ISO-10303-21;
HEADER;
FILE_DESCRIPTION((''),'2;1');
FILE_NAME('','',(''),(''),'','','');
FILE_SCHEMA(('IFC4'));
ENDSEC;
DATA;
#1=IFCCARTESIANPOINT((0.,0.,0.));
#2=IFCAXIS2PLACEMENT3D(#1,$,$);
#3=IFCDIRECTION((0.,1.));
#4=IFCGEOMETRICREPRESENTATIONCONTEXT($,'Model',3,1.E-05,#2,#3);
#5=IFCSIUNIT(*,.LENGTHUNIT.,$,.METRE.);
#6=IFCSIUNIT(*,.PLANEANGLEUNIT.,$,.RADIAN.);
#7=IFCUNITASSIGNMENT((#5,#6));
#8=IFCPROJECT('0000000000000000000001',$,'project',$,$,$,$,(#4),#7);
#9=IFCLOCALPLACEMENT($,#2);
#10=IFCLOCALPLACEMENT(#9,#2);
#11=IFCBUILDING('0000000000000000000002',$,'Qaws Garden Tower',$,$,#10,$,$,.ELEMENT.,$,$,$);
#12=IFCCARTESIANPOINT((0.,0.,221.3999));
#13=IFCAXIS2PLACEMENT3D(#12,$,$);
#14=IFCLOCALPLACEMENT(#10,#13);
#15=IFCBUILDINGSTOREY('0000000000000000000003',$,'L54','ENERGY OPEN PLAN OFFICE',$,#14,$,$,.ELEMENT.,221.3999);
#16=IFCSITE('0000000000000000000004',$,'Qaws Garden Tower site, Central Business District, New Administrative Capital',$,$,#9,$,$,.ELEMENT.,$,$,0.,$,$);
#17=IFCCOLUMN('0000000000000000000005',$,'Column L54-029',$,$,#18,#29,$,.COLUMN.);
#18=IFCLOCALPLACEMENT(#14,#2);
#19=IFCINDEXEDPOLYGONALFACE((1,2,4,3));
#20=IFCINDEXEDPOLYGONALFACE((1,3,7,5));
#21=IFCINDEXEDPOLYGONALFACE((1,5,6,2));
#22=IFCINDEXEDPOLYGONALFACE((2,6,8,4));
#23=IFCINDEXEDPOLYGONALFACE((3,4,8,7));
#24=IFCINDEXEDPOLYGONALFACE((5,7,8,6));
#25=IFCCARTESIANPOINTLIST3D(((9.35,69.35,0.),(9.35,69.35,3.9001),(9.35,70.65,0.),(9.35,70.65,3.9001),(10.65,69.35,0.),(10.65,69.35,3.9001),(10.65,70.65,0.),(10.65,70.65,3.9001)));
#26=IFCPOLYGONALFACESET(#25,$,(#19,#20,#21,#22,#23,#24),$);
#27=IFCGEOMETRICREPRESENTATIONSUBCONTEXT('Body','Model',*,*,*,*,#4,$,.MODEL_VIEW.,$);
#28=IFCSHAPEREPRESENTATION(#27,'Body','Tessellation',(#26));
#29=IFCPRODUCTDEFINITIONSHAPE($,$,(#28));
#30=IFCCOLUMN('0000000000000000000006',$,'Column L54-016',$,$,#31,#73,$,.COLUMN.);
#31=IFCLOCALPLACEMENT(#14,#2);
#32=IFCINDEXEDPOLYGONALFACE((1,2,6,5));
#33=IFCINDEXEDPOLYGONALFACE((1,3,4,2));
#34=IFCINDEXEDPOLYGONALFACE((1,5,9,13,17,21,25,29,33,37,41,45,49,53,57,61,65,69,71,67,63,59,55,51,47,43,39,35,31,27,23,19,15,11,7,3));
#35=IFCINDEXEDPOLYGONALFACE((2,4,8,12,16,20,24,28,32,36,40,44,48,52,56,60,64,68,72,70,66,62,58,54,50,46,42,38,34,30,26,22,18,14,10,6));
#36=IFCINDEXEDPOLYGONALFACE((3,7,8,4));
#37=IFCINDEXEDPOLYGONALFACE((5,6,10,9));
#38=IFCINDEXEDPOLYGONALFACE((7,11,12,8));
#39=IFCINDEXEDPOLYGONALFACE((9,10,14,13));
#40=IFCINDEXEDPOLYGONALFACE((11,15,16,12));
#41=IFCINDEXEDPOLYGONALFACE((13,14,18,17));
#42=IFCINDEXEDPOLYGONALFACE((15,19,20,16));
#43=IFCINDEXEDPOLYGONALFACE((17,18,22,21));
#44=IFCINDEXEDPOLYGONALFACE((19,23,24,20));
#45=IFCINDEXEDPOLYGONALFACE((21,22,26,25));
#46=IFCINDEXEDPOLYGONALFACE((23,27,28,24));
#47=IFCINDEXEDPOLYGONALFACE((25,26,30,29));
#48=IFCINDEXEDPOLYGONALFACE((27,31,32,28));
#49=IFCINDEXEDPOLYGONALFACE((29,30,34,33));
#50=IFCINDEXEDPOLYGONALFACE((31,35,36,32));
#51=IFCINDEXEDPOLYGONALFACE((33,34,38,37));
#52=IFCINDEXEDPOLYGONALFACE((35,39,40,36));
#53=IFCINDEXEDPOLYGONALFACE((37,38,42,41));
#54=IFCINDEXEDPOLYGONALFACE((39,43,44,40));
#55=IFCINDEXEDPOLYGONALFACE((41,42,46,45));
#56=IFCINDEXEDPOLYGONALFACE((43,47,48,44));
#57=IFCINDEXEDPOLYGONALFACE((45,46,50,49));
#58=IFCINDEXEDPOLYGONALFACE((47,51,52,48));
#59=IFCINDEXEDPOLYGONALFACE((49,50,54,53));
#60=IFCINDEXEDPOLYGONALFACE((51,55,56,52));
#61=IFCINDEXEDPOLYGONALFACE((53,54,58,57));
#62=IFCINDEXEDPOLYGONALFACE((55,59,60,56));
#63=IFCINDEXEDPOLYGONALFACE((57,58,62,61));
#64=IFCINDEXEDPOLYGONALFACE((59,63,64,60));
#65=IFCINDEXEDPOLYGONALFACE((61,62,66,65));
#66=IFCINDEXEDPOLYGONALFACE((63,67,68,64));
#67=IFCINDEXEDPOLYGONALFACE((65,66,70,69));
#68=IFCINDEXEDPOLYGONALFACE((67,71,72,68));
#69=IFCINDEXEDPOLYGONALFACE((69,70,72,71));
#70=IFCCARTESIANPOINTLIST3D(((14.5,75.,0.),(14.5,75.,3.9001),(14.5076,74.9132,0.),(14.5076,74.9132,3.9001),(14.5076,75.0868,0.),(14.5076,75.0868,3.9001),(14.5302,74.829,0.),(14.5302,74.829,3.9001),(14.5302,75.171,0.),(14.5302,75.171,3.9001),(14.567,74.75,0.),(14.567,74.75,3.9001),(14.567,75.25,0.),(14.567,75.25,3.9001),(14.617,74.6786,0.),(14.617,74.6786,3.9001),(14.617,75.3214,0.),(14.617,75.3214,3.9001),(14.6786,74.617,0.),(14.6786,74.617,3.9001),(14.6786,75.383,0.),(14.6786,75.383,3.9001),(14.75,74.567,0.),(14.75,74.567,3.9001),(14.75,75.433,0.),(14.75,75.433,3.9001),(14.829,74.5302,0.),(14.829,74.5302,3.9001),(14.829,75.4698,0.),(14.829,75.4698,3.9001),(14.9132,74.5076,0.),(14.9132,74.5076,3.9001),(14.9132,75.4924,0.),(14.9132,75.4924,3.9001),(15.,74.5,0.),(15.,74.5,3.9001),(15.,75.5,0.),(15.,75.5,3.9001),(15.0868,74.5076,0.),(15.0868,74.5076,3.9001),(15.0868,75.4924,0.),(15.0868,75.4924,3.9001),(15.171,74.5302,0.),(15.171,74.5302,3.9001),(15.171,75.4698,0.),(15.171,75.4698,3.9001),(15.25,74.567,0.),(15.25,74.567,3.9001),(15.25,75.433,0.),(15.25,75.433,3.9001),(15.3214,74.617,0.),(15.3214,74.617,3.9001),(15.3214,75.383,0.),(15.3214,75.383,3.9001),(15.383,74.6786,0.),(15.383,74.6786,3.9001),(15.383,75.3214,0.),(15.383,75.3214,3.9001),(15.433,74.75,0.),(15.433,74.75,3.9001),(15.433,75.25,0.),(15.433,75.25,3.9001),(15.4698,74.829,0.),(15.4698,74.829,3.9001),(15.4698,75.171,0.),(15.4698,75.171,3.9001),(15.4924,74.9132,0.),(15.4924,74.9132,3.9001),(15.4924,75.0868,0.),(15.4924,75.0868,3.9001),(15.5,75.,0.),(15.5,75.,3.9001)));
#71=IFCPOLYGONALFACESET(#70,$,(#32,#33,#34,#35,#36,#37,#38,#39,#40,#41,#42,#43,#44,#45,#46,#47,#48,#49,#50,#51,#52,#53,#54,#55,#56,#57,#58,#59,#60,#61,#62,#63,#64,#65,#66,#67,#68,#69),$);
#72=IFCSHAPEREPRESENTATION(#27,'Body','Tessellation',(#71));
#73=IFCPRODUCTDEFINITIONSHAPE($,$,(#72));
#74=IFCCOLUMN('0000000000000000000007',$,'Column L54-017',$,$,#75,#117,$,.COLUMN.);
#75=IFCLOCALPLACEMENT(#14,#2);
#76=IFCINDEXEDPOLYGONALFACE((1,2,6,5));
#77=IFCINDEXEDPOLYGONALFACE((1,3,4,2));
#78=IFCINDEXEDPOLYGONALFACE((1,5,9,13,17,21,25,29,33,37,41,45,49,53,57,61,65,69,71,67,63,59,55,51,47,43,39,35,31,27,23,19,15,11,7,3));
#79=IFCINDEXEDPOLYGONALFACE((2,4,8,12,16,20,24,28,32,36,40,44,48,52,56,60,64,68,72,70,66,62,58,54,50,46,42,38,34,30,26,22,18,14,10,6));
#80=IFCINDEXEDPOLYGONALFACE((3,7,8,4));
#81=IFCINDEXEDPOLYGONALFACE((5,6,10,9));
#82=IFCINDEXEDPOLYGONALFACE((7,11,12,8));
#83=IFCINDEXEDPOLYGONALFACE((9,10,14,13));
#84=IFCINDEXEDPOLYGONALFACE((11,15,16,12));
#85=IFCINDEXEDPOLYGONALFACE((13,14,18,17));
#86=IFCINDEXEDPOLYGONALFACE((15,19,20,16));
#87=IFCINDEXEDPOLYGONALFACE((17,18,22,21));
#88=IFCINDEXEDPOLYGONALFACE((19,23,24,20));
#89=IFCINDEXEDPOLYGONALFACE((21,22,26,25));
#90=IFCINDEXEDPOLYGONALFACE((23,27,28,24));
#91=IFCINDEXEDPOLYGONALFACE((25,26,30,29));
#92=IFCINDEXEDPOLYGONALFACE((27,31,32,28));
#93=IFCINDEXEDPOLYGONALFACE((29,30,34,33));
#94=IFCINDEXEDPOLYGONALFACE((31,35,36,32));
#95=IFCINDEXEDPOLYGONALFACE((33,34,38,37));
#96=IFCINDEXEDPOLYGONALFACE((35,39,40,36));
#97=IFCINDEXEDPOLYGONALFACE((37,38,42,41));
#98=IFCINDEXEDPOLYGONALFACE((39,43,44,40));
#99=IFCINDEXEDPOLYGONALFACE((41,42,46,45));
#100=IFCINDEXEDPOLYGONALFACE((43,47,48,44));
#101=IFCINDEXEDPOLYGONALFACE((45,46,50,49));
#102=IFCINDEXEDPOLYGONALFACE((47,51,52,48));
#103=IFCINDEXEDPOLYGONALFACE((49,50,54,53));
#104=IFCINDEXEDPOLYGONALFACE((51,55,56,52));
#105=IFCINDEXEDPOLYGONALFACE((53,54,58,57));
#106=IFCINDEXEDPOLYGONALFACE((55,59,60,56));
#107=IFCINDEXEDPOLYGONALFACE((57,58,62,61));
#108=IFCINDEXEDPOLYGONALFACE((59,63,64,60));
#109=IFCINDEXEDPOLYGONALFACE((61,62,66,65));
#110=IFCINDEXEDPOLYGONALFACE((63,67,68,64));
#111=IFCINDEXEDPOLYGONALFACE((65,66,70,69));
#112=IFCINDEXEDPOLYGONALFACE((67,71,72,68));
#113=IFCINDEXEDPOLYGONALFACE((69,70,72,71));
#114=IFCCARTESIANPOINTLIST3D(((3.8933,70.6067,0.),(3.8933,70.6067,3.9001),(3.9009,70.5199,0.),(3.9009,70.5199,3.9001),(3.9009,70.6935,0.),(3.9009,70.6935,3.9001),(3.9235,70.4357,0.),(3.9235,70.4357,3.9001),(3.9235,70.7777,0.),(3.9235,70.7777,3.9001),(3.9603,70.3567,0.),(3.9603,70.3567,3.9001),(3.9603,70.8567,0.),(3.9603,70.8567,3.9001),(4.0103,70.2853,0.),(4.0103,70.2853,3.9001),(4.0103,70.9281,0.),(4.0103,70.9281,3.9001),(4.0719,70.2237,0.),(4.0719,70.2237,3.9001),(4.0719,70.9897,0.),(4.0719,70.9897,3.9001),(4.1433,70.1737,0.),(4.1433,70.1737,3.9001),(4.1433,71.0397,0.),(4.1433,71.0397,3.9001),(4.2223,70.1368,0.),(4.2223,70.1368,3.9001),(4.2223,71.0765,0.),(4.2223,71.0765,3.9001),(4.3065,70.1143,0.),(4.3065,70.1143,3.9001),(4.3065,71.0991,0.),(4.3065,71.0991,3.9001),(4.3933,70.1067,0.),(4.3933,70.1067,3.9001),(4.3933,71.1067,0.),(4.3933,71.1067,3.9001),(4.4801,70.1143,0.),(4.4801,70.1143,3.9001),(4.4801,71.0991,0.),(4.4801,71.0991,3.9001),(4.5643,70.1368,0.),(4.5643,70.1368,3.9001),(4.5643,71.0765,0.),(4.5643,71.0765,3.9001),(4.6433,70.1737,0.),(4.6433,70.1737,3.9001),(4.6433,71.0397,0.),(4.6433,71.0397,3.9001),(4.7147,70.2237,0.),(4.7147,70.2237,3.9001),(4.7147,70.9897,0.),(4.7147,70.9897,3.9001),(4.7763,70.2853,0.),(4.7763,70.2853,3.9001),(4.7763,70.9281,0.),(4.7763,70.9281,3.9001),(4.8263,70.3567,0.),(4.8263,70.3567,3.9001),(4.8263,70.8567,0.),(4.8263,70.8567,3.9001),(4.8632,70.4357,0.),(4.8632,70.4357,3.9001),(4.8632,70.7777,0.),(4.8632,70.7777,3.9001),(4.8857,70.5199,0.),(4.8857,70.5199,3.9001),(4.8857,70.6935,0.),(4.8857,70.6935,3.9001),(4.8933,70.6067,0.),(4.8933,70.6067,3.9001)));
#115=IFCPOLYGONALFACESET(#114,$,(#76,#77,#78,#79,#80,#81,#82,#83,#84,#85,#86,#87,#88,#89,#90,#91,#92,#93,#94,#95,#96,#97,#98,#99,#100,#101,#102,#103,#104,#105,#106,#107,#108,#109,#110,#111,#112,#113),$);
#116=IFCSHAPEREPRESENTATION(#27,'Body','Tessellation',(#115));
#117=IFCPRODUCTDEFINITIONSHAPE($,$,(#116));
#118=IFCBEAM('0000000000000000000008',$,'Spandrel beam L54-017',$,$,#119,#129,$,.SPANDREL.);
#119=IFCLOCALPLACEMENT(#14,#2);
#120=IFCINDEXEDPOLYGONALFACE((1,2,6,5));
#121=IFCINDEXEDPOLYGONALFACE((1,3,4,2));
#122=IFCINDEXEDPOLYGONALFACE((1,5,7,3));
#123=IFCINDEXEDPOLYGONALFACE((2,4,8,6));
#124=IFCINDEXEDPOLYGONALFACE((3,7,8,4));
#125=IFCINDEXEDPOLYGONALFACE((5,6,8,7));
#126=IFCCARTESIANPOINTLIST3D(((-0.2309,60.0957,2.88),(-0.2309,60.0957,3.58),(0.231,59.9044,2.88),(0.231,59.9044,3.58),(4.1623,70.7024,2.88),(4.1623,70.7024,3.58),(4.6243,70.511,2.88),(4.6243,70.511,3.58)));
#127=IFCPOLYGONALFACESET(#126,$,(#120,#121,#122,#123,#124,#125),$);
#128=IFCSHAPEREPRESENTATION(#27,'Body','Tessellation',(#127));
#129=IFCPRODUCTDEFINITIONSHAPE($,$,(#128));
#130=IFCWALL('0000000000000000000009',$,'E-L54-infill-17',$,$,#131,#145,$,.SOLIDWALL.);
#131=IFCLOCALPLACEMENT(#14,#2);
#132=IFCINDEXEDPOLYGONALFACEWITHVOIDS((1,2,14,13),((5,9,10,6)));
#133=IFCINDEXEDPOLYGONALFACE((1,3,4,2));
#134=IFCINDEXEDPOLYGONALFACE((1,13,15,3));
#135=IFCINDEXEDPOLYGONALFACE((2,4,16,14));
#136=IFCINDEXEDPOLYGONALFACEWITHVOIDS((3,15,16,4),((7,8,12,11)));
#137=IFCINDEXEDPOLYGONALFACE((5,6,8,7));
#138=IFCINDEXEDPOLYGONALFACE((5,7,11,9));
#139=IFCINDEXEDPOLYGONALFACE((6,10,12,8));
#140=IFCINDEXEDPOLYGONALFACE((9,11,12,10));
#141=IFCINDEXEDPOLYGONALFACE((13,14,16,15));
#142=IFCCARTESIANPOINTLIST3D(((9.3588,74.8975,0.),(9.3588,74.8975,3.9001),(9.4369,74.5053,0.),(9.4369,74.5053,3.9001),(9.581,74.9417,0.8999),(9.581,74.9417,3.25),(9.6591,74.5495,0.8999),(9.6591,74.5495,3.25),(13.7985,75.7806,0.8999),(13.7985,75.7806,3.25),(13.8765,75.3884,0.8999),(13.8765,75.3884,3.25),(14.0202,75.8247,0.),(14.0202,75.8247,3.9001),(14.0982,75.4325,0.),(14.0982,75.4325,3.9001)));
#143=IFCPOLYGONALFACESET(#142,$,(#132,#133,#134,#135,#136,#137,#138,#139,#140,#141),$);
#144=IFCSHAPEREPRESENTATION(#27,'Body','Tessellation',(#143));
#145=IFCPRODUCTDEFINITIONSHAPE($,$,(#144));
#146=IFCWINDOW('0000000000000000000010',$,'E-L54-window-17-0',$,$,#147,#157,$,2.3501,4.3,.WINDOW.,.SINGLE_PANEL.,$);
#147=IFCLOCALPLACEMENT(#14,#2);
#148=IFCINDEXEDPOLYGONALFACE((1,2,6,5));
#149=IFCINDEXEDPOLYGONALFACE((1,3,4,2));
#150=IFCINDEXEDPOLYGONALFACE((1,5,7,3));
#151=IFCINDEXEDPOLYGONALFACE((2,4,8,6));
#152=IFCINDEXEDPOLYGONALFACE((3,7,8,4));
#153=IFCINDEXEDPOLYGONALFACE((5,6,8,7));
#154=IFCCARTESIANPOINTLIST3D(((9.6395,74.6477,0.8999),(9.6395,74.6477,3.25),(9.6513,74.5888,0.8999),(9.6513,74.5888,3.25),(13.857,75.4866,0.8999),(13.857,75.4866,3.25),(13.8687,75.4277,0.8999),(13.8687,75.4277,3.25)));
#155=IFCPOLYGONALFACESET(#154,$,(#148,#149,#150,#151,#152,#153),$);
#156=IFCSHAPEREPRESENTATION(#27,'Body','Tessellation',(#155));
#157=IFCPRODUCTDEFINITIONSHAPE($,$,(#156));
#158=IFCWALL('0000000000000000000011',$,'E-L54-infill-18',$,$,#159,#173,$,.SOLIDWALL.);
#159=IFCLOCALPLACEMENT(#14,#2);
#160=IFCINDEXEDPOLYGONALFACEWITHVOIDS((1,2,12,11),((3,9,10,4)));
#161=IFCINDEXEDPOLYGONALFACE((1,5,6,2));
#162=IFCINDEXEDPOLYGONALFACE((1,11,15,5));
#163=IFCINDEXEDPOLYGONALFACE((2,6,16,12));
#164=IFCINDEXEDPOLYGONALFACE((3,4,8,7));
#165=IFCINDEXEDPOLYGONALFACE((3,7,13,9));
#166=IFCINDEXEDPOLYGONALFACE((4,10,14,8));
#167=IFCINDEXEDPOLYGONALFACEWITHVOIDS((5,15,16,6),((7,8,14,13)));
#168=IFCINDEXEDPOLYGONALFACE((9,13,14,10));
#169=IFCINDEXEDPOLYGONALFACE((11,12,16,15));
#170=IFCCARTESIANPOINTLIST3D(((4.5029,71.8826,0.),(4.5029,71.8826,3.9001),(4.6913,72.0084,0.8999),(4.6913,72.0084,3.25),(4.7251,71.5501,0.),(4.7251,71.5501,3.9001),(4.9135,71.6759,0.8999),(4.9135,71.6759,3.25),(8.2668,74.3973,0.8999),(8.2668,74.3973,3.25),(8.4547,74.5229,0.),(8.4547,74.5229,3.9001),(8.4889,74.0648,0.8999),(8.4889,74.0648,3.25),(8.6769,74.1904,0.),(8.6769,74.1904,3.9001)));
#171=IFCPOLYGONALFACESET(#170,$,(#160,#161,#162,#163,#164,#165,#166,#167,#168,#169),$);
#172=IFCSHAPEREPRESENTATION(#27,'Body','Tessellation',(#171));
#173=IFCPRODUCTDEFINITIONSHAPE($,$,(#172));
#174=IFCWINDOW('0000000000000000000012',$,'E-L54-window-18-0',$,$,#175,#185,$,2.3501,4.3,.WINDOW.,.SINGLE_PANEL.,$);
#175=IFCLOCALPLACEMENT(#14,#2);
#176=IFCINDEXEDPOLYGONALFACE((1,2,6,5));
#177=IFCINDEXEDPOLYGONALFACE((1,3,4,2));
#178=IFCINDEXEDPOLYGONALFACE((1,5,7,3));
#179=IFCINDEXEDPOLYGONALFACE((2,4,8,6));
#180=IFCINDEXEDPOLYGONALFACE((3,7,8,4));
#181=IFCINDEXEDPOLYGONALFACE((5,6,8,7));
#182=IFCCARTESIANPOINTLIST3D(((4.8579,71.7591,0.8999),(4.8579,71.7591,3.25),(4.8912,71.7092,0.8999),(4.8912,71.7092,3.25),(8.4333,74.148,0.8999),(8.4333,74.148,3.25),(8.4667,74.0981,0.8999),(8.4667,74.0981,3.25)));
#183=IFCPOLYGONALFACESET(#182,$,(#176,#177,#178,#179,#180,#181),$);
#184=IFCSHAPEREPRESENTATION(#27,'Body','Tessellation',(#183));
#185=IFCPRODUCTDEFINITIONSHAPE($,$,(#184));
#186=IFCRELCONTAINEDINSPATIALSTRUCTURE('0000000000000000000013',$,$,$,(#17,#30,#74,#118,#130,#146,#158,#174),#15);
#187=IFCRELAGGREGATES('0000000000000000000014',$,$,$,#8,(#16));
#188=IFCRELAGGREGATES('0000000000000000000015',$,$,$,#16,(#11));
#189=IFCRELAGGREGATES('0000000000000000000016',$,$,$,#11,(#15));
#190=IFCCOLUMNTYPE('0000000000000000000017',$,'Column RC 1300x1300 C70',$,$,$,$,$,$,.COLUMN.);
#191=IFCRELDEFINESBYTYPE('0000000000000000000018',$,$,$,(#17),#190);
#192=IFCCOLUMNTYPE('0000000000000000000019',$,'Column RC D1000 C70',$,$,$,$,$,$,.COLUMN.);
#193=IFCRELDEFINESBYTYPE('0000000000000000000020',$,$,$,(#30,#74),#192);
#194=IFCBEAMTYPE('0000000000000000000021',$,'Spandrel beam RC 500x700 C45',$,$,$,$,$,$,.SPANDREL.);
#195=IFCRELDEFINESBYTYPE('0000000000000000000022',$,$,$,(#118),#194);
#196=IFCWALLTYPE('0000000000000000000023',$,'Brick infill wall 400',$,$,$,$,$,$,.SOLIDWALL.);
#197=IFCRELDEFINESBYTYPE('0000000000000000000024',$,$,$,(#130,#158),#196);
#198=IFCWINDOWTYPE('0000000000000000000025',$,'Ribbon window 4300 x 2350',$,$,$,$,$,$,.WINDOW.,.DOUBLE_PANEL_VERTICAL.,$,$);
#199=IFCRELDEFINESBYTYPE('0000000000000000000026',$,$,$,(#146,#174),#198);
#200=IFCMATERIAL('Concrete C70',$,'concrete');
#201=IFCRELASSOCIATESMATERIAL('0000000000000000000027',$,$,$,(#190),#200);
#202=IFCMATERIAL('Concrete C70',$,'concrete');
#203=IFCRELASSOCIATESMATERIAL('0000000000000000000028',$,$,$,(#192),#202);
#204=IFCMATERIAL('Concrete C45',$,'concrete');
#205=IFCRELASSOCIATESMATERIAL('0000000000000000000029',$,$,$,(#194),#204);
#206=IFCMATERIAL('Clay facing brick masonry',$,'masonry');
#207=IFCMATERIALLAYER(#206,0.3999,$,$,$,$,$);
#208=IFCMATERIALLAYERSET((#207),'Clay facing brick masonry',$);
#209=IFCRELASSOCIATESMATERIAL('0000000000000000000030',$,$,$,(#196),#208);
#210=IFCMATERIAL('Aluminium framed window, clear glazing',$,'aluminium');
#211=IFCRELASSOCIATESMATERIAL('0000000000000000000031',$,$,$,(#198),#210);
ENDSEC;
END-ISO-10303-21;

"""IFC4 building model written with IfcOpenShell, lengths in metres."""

from ifc_helpers import new_model, si_unit, direction, frame, frame_2d, origin, origin_2d, place, context, subcontext, project, spatial, rectangle, circle, extrude, material, layer, layer_set, material_profile, profile_set, type_object, element, fill, save


model = new_model("IFC4")

# Units and contexts
model_context = context("Model", 3, precision=1e-05, world=origin(), true_north=direction((0.0, 1.0)))
body_context = subcontext(model_context, "Body", "Model", "MODEL_VIEW")
ifc_project = project(units=[si_unit("LENGTHUNIT", "METRE"), si_unit("PLANEANGLEUNIT", "RADIAN")], contexts=[model_context])

# Site, building, storey
site_placement = place(None, origin())
site = spatial("IfcSite", under=ifc_project, at=site_placement, Name="Qaws Garden Tower site, Central Business District, New Administrative Capital", CompositionType="ELEMENT", RefElevation=0.0)
building_placement = place(site_placement, origin())
building = spatial("IfcBuilding", under=site, at=building_placement, Name="Qaws Garden Tower", CompositionType="ELEMENT")
storey_placement = place(building_placement, frame((0.0, 0.0, 221.3999)))
storey = spatial("IfcBuildingStorey", under=building, at=storey_placement, Name="L54", Description="ENERGY OPEN PLAN OFFICE", CompositionType="ELEMENT", Elevation=221.3999)

# Columns
ifc_material_1 = material(Name="Concrete C70", Category="concrete")
ifc_material_profile_1 = material_profile(ifc_material_1, rectangle(XDim=1.3, YDim=1.3, at=origin_2d()), Name="RC 1300x1300")
ifc_profile_set_1 = profile_set([ifc_material_profile_1], Name="Concrete C70")
column_type_1 = type_object("IfcColumnType", Name="Column RC 1300x1300 C70", PredefinedType="COLUMN", material=ifc_profile_set_1)
column_placement = place(storey_placement, frame((10.0, 70.0, 0.0), z_axis=(0.0, 0.0, 1.0), x_axis=(1.0, 0.0, 0.0)))
element("IfcColumn", 1, at=column_placement, inside=storey, type_object=column_type_1, Name="Column L54-029", PredefinedType="COLUMN", context=body_context, shape_type="SweptSolid", body=[
    extrude(rectangle(XDim=1.3, YDim=1.3, at=origin_2d()), origin(), (0.0, 0.0, 1.0), 3.9001),
])
ifc_material_2 = material(Name="Concrete C70", Category="concrete")
ifc_material_profile_2 = material_profile(ifc_material_2, circle(Radius=0.5, at=origin_2d()), Name="RC D1000")
ifc_profile_set_2 = profile_set([ifc_material_profile_2], Name="Concrete C70")
column_type_2 = type_object("IfcColumnType", Name="Column RC D1000 C70", PredefinedType="COLUMN", material=ifc_profile_set_2)
for number, where, z_axis, x_axis, name in (
    (2, (15.0, 75.0, 0.0), (0.0, 0.0, 1.0), (1.0, 0.0, 0.0), "Column L54-016"),
    (3, (4.3933, 70.6067, 0.0), (0.0, 0.0, 1.0), (1.0, 0.0, 0.0), "Column L54-017"),
):
    element("IfcColumn", number, at=place(storey_placement, frame(where, z_axis=z_axis, x_axis=x_axis)), inside=storey, type_object=column_type_2, Name=name, PredefinedType="COLUMN", context=body_context, shape_type="SweptSolid", body=[
        extrude(circle(Radius=0.5, at=origin_2d()), origin(), (0.0, 0.0, 1.0), 3.9001),
    ])

# Beam
ifc_material_3 = material(Name="Concrete C45", Category="concrete")
ifc_material_profile_3 = material_profile(ifc_material_3, rectangle(XDim=0.5, YDim=0.7, at=origin_2d()), Name="RC 500x700")
ifc_profile_set_3 = profile_set([ifc_material_profile_3], Name="Concrete C45")
beam_type = type_object("IfcBeamType", Name="Spandrel beam RC 500x700 C45", PredefinedType="SPANDREL", material=ifc_profile_set_3)
beam_placement = place(storey_placement, frame((4.3933, 70.6067, 3.23), z_axis=(-0.382674, -0.923883, 0.0), x_axis=(0.923883, -0.382674, 0.0)))
element("IfcBeam", 4, at=beam_placement, inside=storey, type_object=beam_type, Name="Spandrel beam L54-017", PredefinedType="SPANDREL", context=body_context, shape_type="SweptSolid", body=[
    extrude(rectangle(XDim=0.5, YDim=0.7, at=origin_2d()), origin(), (0.0, 0.0, 1.0), 11.4805),
])

# Walls, openings, windows
ifc_material_4 = material(Name="Clay facing brick masonry", Category="masonry")
ifc_layer_1 = layer(ifc_material_4, 0.3999)
ifc_layer_set_1 = layer_set([ifc_layer_1], Name="Clay facing brick masonry")
wall_type_1 = type_object("IfcWallType", Name="Brick infill wall 400", PredefinedType="SOLIDWALL", material=ifc_layer_set_1)
wall_1_placement = place(storey_placement, frame((14.0593, 75.6287, 0.0), z_axis=(0.0, 0.0, 1.0), x_axis=(-0.980784, -0.195099, 0.0)))
wall_1 = element("IfcWall", 5, at=wall_1_placement, inside=storey, type_object=wall_type_1, Name="E-L54-infill-17", PredefinedType="SOLIDWALL", context=body_context, shape_type="SweptSolid", body=[
    extrude(rectangle(XDim=4.7527, YDim=0.3999, at=frame_2d((2.3765, 0.0))), origin(), (0.0, 0.0, 1.0), 3.9001),
])
opening_1_placement = place(wall_1_placement, frame((0.2263, 0.0, 0.8999)))
opening_1 = element("IfcOpeningElement", 6, at=opening_1_placement, cuts=wall_1, PredefinedType="OPENING", context=body_context, shape_type="SweptSolid", body=[
    extrude(rectangle(XDim=4.3, YDim=2.3501, at=frame_2d((2.1499, 1.175))), frame((0.0, 0.21, 0.0), z_axis=(0.0, -1.0, 0.0), x_axis=(1.0, 0.0, 0.0)), (0.0, 0.0, 1.0), 0.4199),
])
ifc_material_5 = material(Name="Aluminium framed window, clear glazing", Category="aluminium")
window_type = type_object("IfcWindowType", Name="Ribbon window 4300 x 2350", PartitioningType="DOUBLE_PANEL_VERTICAL", PredefinedType="WINDOW", material=ifc_material_5)
window_1_placement = place(opening_1_placement, origin())
window_1 = element("IfcWindow", 7, at=window_1_placement, inside=storey, type_object=window_type, Name="E-L54-window-17-0", OverallHeight=2.3501, OverallWidth=4.3, PartitioningType="SINGLE_PANEL", PredefinedType="WINDOW", context=body_context, shape_type="SweptSolid", body=[
    extrude(rectangle(XDim=4.3, YDim=2.3501, at=frame_2d((2.1499, 1.175))), frame((0.0, 0.1599, 0.0), z_axis=(0.0, -1.0, 0.0), x_axis=(1.0, 0.0, 0.0)), (0.0, 0.0, 1.0), 0.0601),
])
fill(opening_1, window_1)
wall_2_placement = place(storey_placement, frame((8.5659, 74.3567, 0.0), z_axis=(0.0, 0.0, 1.0), x_axis=(-0.831489, -0.555542, 0.0)))
wall_2 = element("IfcWall", 8, at=wall_2_placement, inside=storey, type_object=wall_type_1, Name="E-L54-infill-18", PredefinedType="SOLIDWALL", context=body_context, shape_type="SweptSolid", body=[
    extrude(rectangle(XDim=4.7527, YDim=0.3999, at=frame_2d((2.3765, 0.0))), origin(), (0.0, 0.0, 1.0), 3.9001),
])
opening_2_placement = place(wall_2_placement, frame((0.2263, 0.0, 0.8999)))
opening_2 = element("IfcOpeningElement", 9, at=opening_2_placement, cuts=wall_2, PredefinedType="OPENING", context=body_context, shape_type="SweptSolid", body=[
    extrude(rectangle(XDim=4.3, YDim=2.3501, at=frame_2d((2.1499, 1.175))), frame((0.0, 0.21, 0.0), z_axis=(0.0, -1.0, 0.0), x_axis=(1.0, 0.0, 0.0)), (0.0, 0.0, 1.0), 0.4199),
])
window_2_placement = place(opening_2_placement, origin())
window_2 = element("IfcWindow", 10, at=window_2_placement, inside=storey, type_object=window_type, Name="E-L54-window-18-0", OverallHeight=2.3501, OverallWidth=4.3, PartitioningType="SINGLE_PANEL", PredefinedType="WINDOW", context=body_context, shape_type="SweptSolid", body=[
    extrude(rectangle(XDim=4.3, YDim=2.3501, at=frame_2d((2.1499, 1.175))), frame((0.0, 0.1599, 0.0), z_axis=(0.0, -1.0, 0.0), x_axis=(1.0, 0.0, 0.0)), (0.0, 0.0, 1.0), 0.0601),
])
fill(opening_2, window_2)

save(model, "model.ifc")
